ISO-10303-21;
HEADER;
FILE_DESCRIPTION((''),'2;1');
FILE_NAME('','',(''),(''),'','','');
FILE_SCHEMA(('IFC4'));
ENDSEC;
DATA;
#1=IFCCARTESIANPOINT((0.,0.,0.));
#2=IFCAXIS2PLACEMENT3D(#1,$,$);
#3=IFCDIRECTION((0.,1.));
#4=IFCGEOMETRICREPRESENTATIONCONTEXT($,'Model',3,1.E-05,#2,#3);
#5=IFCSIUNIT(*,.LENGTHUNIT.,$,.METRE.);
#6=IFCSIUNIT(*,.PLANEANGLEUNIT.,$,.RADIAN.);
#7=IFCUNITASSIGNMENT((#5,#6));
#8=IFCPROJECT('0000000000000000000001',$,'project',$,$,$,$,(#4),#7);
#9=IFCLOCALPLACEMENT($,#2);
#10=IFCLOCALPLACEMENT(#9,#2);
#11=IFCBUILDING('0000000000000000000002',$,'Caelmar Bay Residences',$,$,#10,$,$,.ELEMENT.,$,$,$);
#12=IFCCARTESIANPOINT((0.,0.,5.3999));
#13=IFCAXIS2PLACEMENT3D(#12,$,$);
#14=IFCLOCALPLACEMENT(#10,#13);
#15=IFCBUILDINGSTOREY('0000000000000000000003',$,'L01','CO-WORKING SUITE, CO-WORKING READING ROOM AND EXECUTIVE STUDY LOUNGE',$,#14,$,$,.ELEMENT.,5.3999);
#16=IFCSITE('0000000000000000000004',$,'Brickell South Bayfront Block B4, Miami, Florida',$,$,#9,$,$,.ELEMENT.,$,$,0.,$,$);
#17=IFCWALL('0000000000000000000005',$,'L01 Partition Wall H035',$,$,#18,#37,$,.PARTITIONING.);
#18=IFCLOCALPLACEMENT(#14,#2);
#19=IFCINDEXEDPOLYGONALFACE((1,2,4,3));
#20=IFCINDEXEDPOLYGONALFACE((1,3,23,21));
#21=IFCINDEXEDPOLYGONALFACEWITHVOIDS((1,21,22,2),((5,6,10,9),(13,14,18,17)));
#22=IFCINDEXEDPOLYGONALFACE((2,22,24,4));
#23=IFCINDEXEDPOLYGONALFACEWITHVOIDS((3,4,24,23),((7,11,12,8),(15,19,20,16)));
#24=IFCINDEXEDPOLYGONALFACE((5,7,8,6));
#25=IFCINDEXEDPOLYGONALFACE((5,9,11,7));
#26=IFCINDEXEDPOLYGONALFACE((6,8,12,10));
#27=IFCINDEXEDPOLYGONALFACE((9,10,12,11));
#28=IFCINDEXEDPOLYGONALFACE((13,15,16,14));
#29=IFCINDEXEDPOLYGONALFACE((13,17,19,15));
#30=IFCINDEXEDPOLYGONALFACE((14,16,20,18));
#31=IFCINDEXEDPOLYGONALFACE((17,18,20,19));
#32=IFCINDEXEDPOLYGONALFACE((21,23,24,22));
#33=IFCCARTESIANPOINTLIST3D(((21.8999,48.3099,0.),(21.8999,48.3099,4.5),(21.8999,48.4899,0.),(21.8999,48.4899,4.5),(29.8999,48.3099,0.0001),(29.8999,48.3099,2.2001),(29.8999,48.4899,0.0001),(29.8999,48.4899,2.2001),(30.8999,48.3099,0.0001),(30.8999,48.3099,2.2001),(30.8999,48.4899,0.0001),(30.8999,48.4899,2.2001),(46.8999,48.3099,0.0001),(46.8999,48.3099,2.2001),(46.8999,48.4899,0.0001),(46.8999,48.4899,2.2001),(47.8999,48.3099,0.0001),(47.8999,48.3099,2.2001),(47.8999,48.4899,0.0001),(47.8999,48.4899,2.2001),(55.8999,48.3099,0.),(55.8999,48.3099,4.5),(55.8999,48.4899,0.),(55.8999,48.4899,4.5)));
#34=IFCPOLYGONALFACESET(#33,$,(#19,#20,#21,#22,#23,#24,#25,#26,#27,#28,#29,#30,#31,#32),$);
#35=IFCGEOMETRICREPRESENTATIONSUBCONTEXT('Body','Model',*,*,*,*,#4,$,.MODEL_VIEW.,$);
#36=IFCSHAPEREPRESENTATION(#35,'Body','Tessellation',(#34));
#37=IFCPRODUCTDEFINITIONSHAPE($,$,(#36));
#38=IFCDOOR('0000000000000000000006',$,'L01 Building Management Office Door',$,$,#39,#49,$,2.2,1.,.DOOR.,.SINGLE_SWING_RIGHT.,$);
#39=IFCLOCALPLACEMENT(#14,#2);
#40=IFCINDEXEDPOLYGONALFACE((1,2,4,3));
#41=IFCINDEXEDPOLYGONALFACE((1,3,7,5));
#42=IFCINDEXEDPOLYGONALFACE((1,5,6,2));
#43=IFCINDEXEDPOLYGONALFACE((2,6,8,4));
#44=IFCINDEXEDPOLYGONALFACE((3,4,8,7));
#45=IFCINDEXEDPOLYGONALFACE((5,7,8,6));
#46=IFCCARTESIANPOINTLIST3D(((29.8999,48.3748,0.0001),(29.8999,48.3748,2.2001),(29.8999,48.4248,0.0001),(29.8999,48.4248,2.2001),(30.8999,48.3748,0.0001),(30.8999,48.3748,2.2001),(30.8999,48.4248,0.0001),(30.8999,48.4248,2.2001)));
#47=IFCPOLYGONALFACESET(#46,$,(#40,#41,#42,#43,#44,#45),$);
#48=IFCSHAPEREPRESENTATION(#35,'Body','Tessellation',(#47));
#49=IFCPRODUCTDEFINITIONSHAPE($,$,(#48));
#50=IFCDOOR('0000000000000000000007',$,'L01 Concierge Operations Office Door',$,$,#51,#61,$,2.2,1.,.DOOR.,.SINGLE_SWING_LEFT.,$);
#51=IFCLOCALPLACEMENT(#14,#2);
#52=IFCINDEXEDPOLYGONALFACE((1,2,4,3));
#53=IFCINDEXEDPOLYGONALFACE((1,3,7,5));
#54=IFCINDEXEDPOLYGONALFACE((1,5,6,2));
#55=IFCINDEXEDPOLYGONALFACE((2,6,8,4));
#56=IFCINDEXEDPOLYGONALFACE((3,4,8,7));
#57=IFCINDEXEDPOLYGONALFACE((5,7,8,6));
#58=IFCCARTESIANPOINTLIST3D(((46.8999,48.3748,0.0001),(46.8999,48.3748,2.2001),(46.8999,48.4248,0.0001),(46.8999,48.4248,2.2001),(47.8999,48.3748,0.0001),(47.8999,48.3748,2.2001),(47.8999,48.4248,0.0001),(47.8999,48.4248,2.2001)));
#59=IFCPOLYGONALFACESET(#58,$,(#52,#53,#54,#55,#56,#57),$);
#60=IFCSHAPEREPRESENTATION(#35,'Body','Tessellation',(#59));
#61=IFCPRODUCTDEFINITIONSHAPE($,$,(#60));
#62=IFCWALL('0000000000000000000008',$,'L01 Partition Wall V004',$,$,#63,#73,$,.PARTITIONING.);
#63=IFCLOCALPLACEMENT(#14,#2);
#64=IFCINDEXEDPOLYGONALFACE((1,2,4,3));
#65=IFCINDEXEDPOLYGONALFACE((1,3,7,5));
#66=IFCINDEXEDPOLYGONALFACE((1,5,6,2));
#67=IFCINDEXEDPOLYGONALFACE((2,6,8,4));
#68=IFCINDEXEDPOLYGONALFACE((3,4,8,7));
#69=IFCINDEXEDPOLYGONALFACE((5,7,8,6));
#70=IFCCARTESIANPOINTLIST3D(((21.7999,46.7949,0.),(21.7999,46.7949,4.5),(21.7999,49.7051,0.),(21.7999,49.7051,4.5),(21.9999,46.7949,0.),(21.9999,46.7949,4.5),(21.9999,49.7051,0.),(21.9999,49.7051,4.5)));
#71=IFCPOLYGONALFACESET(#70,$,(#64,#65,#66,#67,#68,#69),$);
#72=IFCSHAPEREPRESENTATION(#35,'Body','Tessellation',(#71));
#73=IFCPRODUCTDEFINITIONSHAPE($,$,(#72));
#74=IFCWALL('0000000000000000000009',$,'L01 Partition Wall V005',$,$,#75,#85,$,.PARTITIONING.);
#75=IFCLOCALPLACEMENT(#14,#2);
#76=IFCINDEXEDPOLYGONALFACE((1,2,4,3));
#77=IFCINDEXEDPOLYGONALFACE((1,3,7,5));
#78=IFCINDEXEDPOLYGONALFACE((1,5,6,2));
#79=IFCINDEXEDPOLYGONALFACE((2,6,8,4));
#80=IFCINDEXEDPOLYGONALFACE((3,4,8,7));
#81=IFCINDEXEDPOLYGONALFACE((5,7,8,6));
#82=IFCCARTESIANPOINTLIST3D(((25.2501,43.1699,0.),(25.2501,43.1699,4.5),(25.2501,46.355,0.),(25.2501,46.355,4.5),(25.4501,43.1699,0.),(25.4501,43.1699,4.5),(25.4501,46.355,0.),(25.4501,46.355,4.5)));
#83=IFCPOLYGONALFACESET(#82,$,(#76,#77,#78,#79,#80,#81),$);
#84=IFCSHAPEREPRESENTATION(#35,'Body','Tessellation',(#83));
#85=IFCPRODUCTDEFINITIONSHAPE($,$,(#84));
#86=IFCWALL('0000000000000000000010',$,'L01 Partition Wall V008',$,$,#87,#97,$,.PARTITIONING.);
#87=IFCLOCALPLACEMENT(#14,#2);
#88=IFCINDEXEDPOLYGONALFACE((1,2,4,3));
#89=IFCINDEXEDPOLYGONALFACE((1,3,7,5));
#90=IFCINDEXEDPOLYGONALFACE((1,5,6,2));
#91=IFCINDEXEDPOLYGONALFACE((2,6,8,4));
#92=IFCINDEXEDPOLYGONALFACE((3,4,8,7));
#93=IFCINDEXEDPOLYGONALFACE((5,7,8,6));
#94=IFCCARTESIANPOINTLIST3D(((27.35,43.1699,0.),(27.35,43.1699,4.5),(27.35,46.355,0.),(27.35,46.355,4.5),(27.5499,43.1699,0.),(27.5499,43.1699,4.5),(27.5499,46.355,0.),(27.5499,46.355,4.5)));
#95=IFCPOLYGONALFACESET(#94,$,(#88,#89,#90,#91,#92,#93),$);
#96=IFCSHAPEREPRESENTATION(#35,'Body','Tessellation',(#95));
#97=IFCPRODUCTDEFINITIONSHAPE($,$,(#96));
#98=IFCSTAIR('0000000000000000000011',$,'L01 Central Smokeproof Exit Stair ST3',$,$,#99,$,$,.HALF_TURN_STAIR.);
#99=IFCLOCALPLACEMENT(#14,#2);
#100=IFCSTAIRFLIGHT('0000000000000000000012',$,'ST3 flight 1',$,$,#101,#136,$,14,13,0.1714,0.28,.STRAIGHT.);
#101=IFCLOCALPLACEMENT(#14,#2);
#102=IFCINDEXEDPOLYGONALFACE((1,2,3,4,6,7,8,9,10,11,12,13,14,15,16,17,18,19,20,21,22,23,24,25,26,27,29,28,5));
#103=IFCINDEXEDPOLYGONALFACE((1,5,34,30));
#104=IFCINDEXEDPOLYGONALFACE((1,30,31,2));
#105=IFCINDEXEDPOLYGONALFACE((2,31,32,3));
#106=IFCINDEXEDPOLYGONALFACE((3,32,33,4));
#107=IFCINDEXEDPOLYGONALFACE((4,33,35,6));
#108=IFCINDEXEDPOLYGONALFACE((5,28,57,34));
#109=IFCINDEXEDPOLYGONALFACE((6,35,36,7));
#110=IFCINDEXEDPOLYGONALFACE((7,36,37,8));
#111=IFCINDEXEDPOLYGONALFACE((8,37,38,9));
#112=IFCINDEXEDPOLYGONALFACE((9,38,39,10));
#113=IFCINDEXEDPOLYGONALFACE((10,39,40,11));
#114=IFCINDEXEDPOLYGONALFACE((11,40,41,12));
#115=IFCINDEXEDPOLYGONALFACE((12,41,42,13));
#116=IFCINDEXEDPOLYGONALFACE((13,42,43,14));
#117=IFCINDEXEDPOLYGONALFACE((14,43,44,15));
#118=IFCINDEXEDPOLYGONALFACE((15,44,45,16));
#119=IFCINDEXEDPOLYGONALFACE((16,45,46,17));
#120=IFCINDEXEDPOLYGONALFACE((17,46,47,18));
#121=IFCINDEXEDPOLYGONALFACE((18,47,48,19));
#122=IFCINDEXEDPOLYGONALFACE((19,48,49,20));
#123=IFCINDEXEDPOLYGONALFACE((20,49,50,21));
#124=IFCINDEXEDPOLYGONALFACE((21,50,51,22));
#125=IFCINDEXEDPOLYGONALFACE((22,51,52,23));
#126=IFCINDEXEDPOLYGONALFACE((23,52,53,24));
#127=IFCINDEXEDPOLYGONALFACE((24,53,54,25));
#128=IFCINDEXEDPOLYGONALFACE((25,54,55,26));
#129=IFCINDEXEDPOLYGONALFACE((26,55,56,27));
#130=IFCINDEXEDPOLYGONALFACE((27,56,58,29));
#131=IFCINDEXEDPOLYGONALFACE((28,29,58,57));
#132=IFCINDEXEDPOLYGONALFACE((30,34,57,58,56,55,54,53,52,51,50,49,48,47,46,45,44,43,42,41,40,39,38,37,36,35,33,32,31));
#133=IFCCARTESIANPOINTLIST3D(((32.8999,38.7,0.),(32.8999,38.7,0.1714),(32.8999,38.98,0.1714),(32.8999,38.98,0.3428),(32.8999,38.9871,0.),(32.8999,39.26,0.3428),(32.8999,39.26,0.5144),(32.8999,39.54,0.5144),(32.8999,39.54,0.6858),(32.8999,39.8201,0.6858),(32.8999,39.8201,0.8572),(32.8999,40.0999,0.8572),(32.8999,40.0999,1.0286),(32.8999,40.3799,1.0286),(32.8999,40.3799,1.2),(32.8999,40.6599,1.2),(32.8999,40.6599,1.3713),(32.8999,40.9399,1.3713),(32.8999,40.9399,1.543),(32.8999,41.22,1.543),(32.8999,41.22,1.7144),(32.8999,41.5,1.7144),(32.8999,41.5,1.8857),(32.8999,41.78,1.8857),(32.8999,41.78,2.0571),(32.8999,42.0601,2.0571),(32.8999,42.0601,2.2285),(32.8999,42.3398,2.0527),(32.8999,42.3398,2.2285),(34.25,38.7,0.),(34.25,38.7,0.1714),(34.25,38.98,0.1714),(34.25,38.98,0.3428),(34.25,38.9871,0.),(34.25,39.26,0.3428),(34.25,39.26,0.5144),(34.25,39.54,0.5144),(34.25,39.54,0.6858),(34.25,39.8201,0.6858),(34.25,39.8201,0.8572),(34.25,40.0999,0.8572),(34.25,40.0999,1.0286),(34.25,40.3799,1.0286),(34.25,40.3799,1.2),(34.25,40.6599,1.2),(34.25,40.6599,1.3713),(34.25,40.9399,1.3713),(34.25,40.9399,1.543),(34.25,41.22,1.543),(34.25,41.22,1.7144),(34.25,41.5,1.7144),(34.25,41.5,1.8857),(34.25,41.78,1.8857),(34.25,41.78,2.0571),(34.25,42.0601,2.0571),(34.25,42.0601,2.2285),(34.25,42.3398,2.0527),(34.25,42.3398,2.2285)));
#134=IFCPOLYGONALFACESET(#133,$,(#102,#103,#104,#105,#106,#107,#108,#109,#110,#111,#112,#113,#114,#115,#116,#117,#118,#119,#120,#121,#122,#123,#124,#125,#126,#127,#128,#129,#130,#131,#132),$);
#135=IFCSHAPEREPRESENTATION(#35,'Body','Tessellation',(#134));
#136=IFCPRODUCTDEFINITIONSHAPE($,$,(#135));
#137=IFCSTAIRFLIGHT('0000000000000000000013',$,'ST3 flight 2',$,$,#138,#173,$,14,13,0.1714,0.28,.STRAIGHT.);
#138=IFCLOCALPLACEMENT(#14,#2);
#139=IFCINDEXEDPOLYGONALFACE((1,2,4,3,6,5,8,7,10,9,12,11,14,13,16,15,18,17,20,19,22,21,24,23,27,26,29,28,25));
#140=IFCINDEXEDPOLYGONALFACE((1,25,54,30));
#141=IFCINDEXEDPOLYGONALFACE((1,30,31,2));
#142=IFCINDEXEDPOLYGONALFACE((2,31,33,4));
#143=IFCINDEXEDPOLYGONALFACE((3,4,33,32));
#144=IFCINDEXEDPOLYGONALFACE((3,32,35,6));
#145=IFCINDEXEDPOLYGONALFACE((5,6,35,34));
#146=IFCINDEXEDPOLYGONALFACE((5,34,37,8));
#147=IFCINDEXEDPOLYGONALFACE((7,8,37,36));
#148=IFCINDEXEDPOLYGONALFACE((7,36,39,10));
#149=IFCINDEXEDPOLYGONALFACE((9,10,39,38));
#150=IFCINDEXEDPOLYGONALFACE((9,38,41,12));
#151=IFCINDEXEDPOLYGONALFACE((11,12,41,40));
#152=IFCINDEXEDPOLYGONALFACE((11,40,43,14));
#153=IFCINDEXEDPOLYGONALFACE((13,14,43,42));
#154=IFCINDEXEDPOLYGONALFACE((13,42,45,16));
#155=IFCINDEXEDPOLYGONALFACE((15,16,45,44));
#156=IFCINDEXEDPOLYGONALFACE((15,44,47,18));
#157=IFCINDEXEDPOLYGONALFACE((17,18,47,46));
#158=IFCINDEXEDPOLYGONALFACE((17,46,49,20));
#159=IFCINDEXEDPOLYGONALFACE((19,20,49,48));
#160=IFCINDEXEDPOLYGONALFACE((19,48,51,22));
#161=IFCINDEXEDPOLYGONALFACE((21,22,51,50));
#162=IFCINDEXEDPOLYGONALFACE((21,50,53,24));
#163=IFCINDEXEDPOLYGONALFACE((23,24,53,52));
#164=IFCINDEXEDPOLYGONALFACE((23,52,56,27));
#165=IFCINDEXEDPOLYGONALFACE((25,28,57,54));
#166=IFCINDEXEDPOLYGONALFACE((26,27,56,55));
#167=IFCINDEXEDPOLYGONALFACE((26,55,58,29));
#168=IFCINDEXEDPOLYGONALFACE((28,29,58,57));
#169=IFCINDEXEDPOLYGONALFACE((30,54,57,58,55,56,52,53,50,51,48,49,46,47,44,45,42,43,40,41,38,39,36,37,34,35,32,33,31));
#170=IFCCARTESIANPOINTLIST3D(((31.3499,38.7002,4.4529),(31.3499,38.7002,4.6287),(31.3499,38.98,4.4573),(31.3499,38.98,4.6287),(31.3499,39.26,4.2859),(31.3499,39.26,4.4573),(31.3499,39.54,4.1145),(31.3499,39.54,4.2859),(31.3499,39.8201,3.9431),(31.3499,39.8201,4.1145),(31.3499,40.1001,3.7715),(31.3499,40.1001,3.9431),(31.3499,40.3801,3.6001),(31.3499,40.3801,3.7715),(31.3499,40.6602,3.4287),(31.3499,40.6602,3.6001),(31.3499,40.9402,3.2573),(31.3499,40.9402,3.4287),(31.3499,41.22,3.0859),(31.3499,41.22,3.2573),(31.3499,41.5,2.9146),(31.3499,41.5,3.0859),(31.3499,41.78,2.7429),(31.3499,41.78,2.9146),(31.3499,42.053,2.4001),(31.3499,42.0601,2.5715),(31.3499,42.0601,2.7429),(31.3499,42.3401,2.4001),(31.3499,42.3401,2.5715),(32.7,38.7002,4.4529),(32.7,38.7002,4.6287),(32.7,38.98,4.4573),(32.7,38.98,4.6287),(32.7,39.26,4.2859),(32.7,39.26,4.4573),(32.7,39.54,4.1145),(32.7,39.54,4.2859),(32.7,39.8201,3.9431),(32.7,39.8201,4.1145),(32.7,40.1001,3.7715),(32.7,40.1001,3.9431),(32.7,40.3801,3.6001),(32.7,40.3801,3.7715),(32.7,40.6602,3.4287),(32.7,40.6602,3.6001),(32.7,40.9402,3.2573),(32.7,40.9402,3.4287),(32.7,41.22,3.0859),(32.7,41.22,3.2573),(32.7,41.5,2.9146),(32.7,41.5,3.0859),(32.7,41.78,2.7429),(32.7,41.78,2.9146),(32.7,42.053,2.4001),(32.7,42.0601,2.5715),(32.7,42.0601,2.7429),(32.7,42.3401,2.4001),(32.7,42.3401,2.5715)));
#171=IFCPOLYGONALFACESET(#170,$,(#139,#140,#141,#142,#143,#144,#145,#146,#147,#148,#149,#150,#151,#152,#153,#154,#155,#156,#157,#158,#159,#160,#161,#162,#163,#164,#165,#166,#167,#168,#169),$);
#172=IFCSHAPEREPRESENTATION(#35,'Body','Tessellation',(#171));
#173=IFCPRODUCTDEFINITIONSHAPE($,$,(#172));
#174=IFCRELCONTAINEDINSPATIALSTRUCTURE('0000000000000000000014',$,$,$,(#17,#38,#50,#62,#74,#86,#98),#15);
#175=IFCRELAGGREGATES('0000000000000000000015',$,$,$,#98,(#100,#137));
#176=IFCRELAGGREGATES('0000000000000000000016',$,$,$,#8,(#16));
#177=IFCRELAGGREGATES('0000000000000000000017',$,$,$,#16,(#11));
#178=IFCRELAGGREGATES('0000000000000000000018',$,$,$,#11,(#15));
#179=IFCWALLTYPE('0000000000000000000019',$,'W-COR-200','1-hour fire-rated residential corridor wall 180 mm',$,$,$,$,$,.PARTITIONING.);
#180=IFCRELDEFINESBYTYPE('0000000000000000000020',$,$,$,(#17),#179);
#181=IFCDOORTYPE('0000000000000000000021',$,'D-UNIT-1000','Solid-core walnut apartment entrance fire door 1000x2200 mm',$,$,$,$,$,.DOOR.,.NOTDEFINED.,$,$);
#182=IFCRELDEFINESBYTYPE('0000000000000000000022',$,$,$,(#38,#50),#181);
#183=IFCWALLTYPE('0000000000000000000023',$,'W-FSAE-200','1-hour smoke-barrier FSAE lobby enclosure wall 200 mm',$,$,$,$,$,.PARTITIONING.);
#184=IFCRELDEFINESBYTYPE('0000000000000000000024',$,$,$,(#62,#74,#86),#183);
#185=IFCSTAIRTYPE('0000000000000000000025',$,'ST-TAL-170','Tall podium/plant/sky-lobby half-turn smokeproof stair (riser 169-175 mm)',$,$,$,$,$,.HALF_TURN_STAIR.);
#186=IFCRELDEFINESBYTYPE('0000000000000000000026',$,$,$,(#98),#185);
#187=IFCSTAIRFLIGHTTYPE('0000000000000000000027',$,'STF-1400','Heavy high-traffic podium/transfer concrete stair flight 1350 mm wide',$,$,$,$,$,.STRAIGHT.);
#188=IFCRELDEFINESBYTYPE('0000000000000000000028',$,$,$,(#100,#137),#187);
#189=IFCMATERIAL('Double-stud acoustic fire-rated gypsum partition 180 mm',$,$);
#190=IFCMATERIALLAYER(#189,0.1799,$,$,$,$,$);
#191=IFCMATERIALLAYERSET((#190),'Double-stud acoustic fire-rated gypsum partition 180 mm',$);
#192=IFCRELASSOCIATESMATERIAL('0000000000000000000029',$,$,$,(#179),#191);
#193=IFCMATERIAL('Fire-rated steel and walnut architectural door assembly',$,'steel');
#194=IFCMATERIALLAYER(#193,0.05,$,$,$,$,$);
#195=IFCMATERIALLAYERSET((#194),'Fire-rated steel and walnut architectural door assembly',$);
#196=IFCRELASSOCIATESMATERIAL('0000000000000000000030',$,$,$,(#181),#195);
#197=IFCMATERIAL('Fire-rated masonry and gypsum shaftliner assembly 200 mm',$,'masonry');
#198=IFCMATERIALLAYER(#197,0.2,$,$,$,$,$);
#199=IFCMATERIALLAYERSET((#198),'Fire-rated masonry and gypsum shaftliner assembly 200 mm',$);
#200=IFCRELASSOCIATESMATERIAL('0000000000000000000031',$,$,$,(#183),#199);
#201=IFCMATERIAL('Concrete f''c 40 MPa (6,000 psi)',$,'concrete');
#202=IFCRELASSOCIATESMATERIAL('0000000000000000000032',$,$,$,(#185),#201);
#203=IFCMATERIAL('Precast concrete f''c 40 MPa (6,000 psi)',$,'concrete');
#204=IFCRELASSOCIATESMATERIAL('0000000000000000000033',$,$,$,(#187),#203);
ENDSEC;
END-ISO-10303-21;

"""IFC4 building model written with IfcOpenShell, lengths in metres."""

from ifc_helpers import new_model, si_unit, direction, frame, frame_2d, origin, place, context, subcontext, project, spatial, polyline, rectangle, outline, extrude, material, layer, layer_set, type_object, element, fill, aggregate, save


model = new_model("IFC4")

# Units and contexts
model_context = context("Model", 3, precision=1e-05, world=origin(), true_north=direction((0.0, 1.0)))
body_context = subcontext(model_context, "Body", "Model", "MODEL_VIEW")
ifc_project = project(units=[si_unit("LENGTHUNIT", "METRE"), si_unit("PLANEANGLEUNIT", "RADIAN")], contexts=[model_context])

# Site, building, storey
site_placement = place(None, origin())
site = spatial("IfcSite", under=ifc_project, at=site_placement, Name="Brickell South Bayfront Block B4, Miami, Florida", CompositionType="ELEMENT", RefElevation=0.0)
building_placement = place(site_placement, origin())
building = spatial("IfcBuilding", under=site, at=building_placement, Name="Caelmar Bay Residences", CompositionType="ELEMENT")
storey_placement = place(building_placement, frame((0.0, 0.0, 5.3999)))
storey = spatial("IfcBuildingStorey", under=building, at=storey_placement, Name="L01", Description="CO-WORKING SUITE, CO-WORKING READING ROOM AND EXECUTIVE STUDY LOUNGE", CompositionType="ELEMENT", Elevation=5.3999)

# Wall, openings, doors
ifc_material_1 = material(Name="Fire-rated steel and walnut architectural door assembly", Category="steel")
ifc_material_2 = material(Name="Double-stud acoustic fire-rated gypsum partition 180 mm")
ifc_layer_1 = layer(ifc_material_2, 0.1799)
ifc_layer_set_1 = layer_set([ifc_layer_1], Name="Double-stud acoustic fire-rated gypsum partition 180 mm")
wall_type_1 = type_object("IfcWallType", Name="W-COR-200", Description="1-hour fire-rated residential corridor wall 180 mm", PredefinedType="PARTITIONING", material=ifc_layer_set_1)
wall_1_placement = place(storey_placement, frame((21.8999, 48.3999, 0.0), z_axis=(0.0, 0.0, 1.0), x_axis=(1.0, 0.0, 0.0)))
wall_1 = element("IfcWall", 1, at=wall_1_placement, inside=storey, type_object=wall_type_1, Name="L01 Partition Wall H035", PredefinedType="PARTITIONING", context=body_context, shape_type="SweptSolid", body=[
    extrude(rectangle(XDim=34.0, YDim=0.1799, at=frame_2d((17.0, 0.0))), origin(), (0.0, 0.0, 1.0), 4.5),
])
opening_1_placement = place(wall_1_placement, frame((8.0, 0.0, 0.0)))
opening_1 = element("IfcOpeningElement", 2, at=opening_1_placement, cuts=wall_1, PredefinedType="OPENING", context=body_context, shape_type="SweptSolid", body=[
    extrude(rectangle(XDim=1.0, YDim=2.2, at=frame_2d((0.5, 1.1001))), frame((0.0, 0.0999, 0.0), z_axis=(0.0, -1.0, 0.0), x_axis=(1.0, 0.0, 0.0)), (0.0, 0.0, 1.0), 0.2),
])
opening_2_placement = place(wall_1_placement, frame((25.0, 0.0, 0.0)))
opening_2 = element("IfcOpeningElement", 3, at=opening_2_placement, cuts=wall_1, PredefinedType="OPENING", context=body_context, shape_type="SweptSolid", body=[
    extrude(rectangle(XDim=1.0, YDim=2.2, at=frame_2d((0.5, 1.1001))), frame((0.0, 0.0999, 0.0), z_axis=(0.0, -1.0, 0.0), x_axis=(1.0, 0.0, 0.0)), (0.0, 0.0, 1.0), 0.2),
])
ifc_layer_2 = layer(ifc_material_1, 0.05)
ifc_layer_set_2 = layer_set([ifc_layer_2], Name="Fire-rated steel and walnut architectural door assembly")
door_type_1 = type_object("IfcDoorType", Name="D-UNIT-1000", Description="Solid-core walnut apartment entrance fire door 1000x2200 mm", OperationType="NOTDEFINED", PredefinedType="DOOR", material=ifc_layer_set_2)
door_1_placement = place(opening_1_placement, origin())
door_1 = element("IfcDoor", 4, at=door_1_placement, inside=storey, type_object=door_type_1, Name="L01 Building Management Office Door", OperationType="SINGLE_SWING_RIGHT", OverallHeight=2.2, OverallWidth=1.0, PredefinedType="DOOR", context=body_context, shape_type="SweptSolid", body=[
    extrude(rectangle(XDim=1.0, YDim=2.2, at=frame_2d((0.5, 1.1001))), frame((0.0, 0.0249, 0.0), z_axis=(0.0, -1.0, 0.0), x_axis=(1.0, 0.0, 0.0)), (0.0, 0.0, 1.0), 0.05),
])
fill(opening_1, door_1)
door_2_placement = place(opening_2_placement, origin())
door_2 = element("IfcDoor", 5, at=door_2_placement, inside=storey, type_object=door_type_1, Name="L01 Concierge Operations Office Door", OperationType="SINGLE_SWING_LEFT", OverallHeight=2.2, OverallWidth=1.0, PredefinedType="DOOR", context=body_context, shape_type="SweptSolid", body=[
    extrude(rectangle(XDim=1.0, YDim=2.2, at=frame_2d((0.5, 1.1001))), frame((0.0, 0.0249, 0.0), z_axis=(0.0, -1.0, 0.0), x_axis=(1.0, 0.0, 0.0)), (0.0, 0.0, 1.0), 0.05),
])
fill(opening_2, door_2)

# Walls
ifc_material_3 = material(Name="Fire-rated masonry and gypsum shaftliner assembly 200 mm", Category="masonry")
ifc_layer_3 = layer(ifc_material_3, 0.2)
ifc_layer_set_3 = layer_set([ifc_layer_3], Name="Fire-rated masonry and gypsum shaftliner assembly 200 mm")
wall_type_2 = type_object("IfcWallType", Name="W-FSAE-200", Description="1-hour smoke-barrier FSAE lobby enclosure wall 200 mm", PredefinedType="PARTITIONING", material=ifc_layer_set_3)
wall_2_placement = place(storey_placement, frame((21.8999, 46.7949, 0.0), z_axis=(0.0, 0.0, 1.0), x_axis=(0.0, 1.0, 0.0)))
element("IfcWall", 6, at=wall_2_placement, inside=storey, type_object=wall_type_2, Name="L01 Partition Wall V004", PredefinedType="PARTITIONING", context=body_context, shape_type="SweptSolid", body=[
    extrude(rectangle(XDim=2.9102, YDim=0.2, at=frame_2d((1.4551, 0.0))), origin(), (0.0, 0.0, 1.0), 4.5),
])
for number, where, z_axis, x_axis, name in (
    (7, (25.3501, 43.1699, 0.0), (0.0, 0.0, 1.0), (0.0, 1.0, 0.0), "L01 Partition Wall V005"),
    (8, (27.45, 43.1699, 0.0), (0.0, 0.0, 1.0), (0.0, 1.0, 0.0), "L01 Partition Wall V008"),
):
    element("IfcWall", number, at=place(storey_placement, frame(where, z_axis=z_axis, x_axis=x_axis)), inside=storey, type_object=wall_type_2, Name=name, PredefinedType="PARTITIONING", context=body_context, shape_type="SweptSolid", body=[
        extrude(rectangle(XDim=3.1851, YDim=0.2, at=frame_2d((1.5925, 0.0))), origin(), (0.0, 0.0, 1.0), 4.5),
    ])

# Stair, stair flights
ifc_material_4 = material(Name="Concrete f'c 40 MPa (6,000 psi)", Category="concrete")
stair_type = type_object("IfcStairType", Name="ST-TAL-170", Description="Tall podium/plant/sky-lobby half-turn smokeproof stair (riser 169-175 mm)", PredefinedType="HALF_TURN_STAIR", material=ifc_material_4)
stair_placement = place(storey_placement, origin())
stair = element("IfcStair", 9, at=stair_placement, inside=storey, type_object=stair_type, Name="L01 Central Smokeproof Exit Stair ST3", PredefinedType="HALF_TURN_STAIR")
ifc_material_5 = material(Name="Precast concrete f'c 40 MPa (6,000 psi)", Category="concrete")
stair_flight_type = type_object("IfcStairFlightType", Name="STF-1400", Description="Heavy high-traffic podium/transfer concrete stair flight 1350 mm wide", PredefinedType="STRAIGHT", material=ifc_material_5)
stair_flight_1_placement = place(storey_placement, frame((33.575, 38.7, 0.0), z_axis=(0.0, 0.0, 1.0), x_axis=(0.0, 1.0, 0.0)))
stair_flight_1 = element("IfcStairFlight", 10, at=stair_flight_1_placement, type_object=stair_flight_type, Name="ST3 flight 1", NumberOfRisers=14, NumberOfTreads=13, PredefinedType="STRAIGHT", RiserHeight=0.1714, TreadLength=0.28, context=body_context, shape_type="SweptSolid", body=[
    extrude(outline(polyline([(0.0, 0.0), (0.0, 0.1714), (0.28, 0.1714), (0.28, 0.3428), (0.5601, 0.3428), (0.5601, 0.5144), (0.8401, 0.5144), (0.8401, 0.6858), (1.1201, 0.6858), (1.1201, 0.8572), (1.3999, 0.8572), (1.3999, 1.0286), (1.6799, 1.0286), (1.6799, 1.2), (1.96, 1.2), (1.96, 1.3713), (2.24, 1.3713), (2.24, 1.543), (2.52, 1.543), (2.52, 1.7144), (2.8, 1.7144), (2.8, 1.8857), (3.0801, 1.8857), (3.0801, 2.0571), (3.3601, 2.0571), (3.3601, 2.2285), (3.6399, 2.2285), (3.6399, 2.3999), (3.6399, 2.0527), (0.2871, 0.0), (0.0, 0.0)])), frame((0.0, 0.675, 0.0), z_axis=(0.0, -1.0, 0.0), x_axis=(1.0, 0.0, 0.0)), (0.0, 0.0, 1.0), 1.3501),
])
stair_flight_2_placement = place(storey_placement, frame((32.0249, 42.3401, 2.4001), z_axis=(0.0, 0.0, 1.0), x_axis=(0.0, -1.0, 0.0)))
stair_flight_2 = element("IfcStairFlight", 11, at=stair_flight_2_placement, type_object=stair_flight_type, Name="ST3 flight 2", NumberOfRisers=14, NumberOfTreads=13, PredefinedType="STRAIGHT", RiserHeight=0.1714, TreadLength=0.28, context=body_context, shape_type="SweptSolid", body=[
    extrude(outline(polyline([(0.0, 0.0), (0.0, 0.1714), (0.28, 0.1714), (0.28, 0.3428), (0.5601, 0.3428), (0.5601, 0.5144), (0.8401, 0.5144), (0.8401, 0.6858), (1.1201, 0.6858), (1.1201, 0.8572), (1.3999, 0.8572), (1.3999, 1.0286), (1.6799, 1.0286), (1.6799, 1.2), (1.96, 1.2), (1.96, 1.3713), (2.24, 1.3713), (2.24, 1.543), (2.52, 1.543), (2.52, 1.7144), (2.8, 1.7144), (2.8, 1.8857), (3.0801, 1.8857), (3.0801, 2.0571), (3.3601, 2.0571), (3.3601, 2.2285), (3.6399, 2.2285), (3.6399, 2.3999), (3.6399, 2.0527), (0.2871, 0.0), (0.0, 0.0)])), frame((0.0, 0.675, 0.0), z_axis=(0.0, -1.0, 0.0), x_axis=(1.0, 0.0, 0.0)), (0.0, 0.0, 1.0), 1.3501),
])
aggregate(stair, [stair_flight_1, stair_flight_2])

save(model, "model.ifc")
